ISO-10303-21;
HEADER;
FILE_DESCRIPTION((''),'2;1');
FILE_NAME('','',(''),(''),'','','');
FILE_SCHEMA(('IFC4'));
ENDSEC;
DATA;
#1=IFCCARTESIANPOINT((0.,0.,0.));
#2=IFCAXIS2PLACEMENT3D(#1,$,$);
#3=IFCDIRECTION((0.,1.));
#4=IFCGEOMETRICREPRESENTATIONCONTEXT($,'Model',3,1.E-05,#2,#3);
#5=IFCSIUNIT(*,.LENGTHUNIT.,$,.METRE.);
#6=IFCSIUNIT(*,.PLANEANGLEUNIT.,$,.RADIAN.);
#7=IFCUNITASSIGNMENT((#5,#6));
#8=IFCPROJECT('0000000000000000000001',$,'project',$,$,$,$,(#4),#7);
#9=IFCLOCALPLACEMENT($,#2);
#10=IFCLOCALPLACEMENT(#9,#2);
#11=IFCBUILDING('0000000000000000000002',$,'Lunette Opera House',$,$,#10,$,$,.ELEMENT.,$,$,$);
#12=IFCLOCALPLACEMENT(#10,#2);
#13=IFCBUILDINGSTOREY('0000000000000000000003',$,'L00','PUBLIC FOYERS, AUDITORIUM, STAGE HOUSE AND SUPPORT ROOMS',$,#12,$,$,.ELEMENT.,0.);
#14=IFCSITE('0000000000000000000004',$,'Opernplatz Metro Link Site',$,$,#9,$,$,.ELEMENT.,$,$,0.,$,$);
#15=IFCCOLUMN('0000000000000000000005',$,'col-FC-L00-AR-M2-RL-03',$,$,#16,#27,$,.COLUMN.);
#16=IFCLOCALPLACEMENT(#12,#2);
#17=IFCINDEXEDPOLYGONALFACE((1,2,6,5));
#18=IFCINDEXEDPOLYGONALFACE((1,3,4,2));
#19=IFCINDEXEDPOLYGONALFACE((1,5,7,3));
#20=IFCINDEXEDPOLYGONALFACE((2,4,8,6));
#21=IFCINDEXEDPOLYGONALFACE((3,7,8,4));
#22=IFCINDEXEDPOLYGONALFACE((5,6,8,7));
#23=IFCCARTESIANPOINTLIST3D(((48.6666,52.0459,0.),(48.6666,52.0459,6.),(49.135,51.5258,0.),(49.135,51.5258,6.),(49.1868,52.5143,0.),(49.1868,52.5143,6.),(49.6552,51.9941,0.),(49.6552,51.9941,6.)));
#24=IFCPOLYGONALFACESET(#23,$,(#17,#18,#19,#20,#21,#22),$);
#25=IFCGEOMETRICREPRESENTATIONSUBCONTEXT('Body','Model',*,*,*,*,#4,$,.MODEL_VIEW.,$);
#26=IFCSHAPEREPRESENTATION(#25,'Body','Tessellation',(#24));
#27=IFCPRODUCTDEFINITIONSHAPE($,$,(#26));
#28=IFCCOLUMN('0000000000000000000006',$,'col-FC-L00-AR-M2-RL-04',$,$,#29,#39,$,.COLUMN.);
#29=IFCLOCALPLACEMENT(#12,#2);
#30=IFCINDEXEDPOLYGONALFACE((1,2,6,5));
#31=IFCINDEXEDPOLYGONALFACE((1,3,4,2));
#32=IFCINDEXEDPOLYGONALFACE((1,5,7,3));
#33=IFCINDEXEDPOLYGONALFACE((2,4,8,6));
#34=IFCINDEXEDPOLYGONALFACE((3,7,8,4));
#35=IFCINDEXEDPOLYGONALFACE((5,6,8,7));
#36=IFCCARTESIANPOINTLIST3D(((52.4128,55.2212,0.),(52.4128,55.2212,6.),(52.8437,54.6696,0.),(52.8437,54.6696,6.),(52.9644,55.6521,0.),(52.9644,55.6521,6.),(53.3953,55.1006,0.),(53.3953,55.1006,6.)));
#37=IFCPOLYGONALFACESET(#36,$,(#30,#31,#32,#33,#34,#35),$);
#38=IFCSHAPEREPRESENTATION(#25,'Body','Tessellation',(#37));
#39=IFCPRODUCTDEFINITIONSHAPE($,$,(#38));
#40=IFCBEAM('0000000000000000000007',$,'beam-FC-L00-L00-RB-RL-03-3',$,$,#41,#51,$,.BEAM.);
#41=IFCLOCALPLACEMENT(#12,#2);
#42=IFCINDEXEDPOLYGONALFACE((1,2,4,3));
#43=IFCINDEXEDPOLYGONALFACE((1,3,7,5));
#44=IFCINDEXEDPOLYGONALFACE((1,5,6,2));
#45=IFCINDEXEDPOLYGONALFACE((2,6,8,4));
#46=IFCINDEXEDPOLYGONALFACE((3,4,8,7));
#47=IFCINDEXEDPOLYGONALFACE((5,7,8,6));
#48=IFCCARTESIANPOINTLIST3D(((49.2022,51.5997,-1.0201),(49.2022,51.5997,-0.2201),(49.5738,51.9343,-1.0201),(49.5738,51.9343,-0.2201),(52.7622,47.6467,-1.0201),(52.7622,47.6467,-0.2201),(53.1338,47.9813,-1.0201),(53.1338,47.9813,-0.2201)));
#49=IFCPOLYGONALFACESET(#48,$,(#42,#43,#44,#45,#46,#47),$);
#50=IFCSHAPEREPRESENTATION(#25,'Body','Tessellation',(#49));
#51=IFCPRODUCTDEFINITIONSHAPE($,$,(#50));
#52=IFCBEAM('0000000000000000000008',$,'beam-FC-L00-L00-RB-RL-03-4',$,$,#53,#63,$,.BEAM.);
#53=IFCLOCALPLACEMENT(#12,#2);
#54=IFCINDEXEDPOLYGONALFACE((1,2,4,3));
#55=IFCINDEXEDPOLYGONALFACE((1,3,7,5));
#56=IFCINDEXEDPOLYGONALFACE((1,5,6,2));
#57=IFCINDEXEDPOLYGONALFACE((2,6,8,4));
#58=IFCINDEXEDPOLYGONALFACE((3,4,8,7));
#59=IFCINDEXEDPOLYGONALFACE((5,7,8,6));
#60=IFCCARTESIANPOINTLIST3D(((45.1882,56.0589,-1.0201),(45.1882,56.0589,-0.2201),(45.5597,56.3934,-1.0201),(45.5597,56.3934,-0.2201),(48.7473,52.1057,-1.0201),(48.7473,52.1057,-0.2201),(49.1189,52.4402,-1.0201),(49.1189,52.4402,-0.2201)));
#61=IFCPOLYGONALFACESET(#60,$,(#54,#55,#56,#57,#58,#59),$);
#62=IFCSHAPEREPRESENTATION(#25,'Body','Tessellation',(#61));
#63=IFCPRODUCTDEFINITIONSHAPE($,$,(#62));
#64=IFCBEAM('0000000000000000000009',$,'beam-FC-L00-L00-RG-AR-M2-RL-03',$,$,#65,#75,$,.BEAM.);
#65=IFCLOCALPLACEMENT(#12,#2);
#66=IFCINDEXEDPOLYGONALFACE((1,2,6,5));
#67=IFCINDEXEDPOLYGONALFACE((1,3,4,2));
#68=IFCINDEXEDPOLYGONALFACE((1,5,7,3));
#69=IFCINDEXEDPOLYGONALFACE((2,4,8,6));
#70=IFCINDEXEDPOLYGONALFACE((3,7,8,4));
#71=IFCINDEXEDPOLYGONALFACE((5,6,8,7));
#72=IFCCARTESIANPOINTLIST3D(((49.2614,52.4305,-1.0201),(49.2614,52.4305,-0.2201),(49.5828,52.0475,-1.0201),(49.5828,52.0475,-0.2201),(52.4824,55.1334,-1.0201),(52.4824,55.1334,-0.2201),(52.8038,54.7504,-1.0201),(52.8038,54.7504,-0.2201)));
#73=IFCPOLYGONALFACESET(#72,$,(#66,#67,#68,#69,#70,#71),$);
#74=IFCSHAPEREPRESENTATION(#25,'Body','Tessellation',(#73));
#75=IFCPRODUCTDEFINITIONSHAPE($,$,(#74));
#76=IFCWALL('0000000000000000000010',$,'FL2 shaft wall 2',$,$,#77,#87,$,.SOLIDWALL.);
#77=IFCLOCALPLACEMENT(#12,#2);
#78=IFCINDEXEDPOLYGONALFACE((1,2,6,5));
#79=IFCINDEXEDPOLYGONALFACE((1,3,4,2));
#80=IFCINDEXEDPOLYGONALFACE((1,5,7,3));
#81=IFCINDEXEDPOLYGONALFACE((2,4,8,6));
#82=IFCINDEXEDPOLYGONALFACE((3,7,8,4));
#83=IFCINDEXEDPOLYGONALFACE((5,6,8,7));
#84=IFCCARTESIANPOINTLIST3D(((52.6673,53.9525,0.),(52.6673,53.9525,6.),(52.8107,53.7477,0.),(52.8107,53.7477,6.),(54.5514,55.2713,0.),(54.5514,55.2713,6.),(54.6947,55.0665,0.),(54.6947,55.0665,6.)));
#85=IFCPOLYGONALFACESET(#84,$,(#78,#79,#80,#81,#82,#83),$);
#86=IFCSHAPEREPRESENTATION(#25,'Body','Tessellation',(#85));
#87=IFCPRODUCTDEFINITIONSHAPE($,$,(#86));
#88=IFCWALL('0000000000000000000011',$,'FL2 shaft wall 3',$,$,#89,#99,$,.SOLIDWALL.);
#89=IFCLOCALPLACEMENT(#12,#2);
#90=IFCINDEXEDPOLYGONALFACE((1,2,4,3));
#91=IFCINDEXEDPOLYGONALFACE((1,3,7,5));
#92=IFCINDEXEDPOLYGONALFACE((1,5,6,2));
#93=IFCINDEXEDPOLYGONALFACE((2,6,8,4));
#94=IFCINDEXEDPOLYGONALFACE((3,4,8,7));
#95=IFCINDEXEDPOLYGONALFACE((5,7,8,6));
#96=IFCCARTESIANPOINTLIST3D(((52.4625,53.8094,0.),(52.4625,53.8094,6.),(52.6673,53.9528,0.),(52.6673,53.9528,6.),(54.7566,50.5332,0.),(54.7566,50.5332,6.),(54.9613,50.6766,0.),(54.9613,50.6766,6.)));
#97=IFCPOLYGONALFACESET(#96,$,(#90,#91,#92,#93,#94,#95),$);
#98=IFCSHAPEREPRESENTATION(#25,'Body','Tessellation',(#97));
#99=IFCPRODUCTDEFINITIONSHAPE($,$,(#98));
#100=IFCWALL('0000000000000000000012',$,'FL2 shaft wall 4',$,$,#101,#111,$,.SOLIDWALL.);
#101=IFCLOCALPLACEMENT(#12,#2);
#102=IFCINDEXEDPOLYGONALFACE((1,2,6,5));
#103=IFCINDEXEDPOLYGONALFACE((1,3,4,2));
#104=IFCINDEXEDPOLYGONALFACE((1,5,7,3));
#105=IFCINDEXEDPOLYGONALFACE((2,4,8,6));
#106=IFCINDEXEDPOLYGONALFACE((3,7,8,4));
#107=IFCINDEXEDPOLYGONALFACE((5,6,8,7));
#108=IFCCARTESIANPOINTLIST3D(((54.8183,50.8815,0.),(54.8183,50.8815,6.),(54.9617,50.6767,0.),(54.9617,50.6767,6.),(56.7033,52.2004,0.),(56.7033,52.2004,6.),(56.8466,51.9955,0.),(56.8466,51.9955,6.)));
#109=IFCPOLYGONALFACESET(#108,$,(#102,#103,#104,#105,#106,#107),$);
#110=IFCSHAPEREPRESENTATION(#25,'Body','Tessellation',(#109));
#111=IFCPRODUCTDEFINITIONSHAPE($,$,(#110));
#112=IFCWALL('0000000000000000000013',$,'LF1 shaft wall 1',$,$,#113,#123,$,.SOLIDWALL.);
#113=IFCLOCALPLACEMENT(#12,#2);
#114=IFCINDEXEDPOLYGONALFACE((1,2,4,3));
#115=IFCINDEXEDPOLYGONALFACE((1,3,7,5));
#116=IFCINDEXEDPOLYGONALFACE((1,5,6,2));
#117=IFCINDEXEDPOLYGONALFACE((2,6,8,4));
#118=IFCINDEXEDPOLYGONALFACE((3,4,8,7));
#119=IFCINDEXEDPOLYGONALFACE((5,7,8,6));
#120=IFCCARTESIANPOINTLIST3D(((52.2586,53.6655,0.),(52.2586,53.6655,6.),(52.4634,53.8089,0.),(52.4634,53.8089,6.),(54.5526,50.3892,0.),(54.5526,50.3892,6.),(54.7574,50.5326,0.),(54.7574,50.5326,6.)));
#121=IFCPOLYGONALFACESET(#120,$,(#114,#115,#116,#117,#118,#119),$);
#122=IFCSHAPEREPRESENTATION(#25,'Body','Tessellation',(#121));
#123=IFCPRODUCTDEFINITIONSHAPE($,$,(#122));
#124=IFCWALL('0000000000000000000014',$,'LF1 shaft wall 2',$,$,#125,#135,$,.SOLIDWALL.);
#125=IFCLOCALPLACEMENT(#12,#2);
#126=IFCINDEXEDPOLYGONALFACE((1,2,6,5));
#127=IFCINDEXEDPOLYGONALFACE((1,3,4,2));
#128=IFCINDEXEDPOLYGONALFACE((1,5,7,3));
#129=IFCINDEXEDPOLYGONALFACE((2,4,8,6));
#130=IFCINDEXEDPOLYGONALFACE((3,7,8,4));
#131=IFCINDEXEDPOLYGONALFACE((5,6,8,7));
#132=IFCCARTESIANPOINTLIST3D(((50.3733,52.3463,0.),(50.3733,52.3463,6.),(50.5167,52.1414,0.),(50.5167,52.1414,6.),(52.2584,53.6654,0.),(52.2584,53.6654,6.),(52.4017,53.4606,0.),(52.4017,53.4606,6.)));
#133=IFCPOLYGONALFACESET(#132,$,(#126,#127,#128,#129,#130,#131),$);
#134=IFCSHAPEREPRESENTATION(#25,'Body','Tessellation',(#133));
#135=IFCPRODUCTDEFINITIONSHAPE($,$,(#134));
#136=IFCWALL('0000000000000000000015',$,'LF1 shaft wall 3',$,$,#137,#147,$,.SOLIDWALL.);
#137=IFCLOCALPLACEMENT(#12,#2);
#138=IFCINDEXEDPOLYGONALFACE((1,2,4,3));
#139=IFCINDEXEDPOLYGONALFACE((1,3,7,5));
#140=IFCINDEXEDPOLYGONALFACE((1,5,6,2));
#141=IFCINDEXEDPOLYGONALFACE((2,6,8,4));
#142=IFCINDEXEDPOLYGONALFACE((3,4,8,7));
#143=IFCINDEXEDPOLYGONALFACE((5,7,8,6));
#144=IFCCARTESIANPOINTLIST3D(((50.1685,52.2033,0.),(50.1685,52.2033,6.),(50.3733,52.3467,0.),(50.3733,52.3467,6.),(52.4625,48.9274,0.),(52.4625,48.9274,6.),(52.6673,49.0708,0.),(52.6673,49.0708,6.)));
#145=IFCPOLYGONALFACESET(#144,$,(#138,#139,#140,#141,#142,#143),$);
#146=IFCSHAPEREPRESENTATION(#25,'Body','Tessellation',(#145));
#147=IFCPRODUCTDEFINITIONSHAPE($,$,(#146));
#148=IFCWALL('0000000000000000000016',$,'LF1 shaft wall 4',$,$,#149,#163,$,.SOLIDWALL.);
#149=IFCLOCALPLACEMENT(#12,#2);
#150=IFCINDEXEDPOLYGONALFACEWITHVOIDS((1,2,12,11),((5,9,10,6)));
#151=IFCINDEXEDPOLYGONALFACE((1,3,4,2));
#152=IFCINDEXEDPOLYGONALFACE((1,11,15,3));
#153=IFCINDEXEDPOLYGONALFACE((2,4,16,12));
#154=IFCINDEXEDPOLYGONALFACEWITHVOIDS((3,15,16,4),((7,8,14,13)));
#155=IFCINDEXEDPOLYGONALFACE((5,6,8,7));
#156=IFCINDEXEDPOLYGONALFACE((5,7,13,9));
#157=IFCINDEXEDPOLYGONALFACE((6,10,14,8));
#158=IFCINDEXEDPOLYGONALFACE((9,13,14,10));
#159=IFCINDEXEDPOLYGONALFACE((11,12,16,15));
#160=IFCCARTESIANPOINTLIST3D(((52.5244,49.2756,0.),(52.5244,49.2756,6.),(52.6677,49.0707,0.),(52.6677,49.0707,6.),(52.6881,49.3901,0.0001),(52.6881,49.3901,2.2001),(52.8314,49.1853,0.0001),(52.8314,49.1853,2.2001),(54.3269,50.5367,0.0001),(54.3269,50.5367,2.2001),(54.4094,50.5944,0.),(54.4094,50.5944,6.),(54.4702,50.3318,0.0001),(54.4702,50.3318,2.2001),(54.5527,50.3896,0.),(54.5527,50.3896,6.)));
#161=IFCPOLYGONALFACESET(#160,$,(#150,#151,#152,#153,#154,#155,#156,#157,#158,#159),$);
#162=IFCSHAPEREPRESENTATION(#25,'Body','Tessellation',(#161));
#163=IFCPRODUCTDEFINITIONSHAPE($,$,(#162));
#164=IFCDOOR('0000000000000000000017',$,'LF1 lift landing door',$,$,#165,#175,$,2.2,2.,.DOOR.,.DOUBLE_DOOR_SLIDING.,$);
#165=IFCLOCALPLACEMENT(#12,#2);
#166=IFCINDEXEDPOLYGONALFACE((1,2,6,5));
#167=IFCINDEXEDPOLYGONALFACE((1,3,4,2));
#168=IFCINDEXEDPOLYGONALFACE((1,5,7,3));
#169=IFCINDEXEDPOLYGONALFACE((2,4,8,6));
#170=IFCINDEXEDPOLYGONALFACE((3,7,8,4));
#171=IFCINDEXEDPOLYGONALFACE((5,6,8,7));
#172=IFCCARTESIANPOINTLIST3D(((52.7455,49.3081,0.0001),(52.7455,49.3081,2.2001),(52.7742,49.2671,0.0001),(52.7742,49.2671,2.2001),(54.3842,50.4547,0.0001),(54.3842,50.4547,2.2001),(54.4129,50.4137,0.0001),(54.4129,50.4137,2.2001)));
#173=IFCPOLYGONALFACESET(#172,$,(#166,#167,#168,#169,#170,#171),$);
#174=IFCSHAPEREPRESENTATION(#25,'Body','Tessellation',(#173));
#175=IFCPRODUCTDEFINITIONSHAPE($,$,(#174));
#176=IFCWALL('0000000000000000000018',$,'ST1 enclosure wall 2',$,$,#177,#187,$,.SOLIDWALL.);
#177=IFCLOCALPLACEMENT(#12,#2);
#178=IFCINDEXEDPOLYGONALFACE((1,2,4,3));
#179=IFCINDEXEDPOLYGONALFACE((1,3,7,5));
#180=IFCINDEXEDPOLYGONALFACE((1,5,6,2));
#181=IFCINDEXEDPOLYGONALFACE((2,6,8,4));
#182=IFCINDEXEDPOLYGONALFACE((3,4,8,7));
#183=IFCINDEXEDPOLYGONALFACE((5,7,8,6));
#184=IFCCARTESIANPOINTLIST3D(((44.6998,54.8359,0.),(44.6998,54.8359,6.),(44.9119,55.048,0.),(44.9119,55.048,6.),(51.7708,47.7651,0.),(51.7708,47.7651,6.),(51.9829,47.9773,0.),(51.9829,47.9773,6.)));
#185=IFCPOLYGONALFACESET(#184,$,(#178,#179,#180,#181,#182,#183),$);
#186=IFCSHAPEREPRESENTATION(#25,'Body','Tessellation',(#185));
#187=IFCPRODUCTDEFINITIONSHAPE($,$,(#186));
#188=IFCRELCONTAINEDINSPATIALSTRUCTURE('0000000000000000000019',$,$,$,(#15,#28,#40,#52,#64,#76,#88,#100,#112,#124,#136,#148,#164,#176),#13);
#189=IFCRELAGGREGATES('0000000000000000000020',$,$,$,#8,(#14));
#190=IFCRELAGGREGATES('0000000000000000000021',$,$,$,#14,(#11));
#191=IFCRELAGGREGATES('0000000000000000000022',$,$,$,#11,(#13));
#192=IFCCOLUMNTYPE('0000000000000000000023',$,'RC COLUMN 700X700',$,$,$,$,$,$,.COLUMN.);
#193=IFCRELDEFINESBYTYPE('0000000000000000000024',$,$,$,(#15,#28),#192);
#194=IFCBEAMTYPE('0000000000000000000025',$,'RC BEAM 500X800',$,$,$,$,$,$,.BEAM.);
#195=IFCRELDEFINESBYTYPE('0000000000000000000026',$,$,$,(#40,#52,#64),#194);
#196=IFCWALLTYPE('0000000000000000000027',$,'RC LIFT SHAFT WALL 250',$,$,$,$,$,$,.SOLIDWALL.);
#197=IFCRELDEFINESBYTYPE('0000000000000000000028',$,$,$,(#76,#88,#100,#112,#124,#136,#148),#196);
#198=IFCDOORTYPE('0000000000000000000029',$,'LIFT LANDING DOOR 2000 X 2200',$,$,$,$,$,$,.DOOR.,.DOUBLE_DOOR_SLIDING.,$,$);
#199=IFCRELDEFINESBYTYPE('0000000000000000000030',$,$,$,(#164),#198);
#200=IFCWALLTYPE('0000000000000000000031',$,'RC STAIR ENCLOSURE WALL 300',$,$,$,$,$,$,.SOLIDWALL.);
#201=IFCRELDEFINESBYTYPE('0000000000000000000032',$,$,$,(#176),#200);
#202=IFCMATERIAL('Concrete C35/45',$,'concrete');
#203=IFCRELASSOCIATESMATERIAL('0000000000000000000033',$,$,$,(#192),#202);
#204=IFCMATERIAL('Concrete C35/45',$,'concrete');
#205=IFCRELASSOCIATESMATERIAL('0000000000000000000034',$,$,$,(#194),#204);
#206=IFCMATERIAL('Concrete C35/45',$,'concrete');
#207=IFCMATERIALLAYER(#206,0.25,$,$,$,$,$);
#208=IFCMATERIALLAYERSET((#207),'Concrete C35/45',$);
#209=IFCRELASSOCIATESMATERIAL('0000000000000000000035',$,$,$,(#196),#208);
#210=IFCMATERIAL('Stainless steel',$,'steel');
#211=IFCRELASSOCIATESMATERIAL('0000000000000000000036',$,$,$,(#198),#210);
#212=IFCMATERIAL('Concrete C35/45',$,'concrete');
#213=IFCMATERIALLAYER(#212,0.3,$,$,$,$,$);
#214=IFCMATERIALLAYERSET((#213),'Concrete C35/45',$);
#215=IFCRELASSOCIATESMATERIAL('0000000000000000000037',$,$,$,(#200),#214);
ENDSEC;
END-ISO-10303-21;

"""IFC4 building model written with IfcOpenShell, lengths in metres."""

from ifc_helpers import new_model, si_unit, direction, frame, frame_2d, origin, origin_2d, place, context, subcontext, project, spatial, rectangle, extrude, material, layer, layer_set, material_profile, profile_set, type_object, element, fill, save


model = new_model("IFC4")

# Units and contexts
model_context = context("Model", 3, precision=1e-05, world=origin(), true_north=direction((0.0, 1.0)))
body_context = subcontext(model_context, "Body", "Model", "MODEL_VIEW")
ifc_project = project(units=[si_unit("LENGTHUNIT", "METRE"), si_unit("PLANEANGLEUNIT", "RADIAN")], contexts=[model_context])

# Site, building, storey
site_placement = place(None, origin())
site = spatial("IfcSite", under=ifc_project, at=site_placement, Name="Opernplatz Metro Link Site", CompositionType="ELEMENT", RefElevation=0.0)
building_placement = place(site_placement, origin())
building = spatial("IfcBuilding", under=site, at=building_placement, Name="Lunette Opera House", CompositionType="ELEMENT")
storey_placement = place(building_placement, origin())
storey = spatial("IfcBuildingStorey", under=building, at=storey_placement, Name="L00", Description="PUBLIC FOYERS, AUDITORIUM, STAGE HOUSE AND SUPPORT ROOMS", CompositionType="ELEMENT", Elevation=0.0)

# Columns
ifc_material_1 = material(Name="Concrete C35/45", Category="concrete")
ifc_material_profile_1 = material_profile(ifc_material_1, rectangle(XDim=0.7, YDim=0.7, at=origin_2d()), Name="RC COLUMN 700X700")
ifc_profile_set_1 = profile_set([ifc_material_profile_1], Name="Concrete C35/45")
column_type = type_object("IfcColumnType", Name="RC COLUMN 700X700", PredefinedType="COLUMN", material=ifc_profile_set_1)
for number, where, z_axis, x_axis, name in (
    (1, (49.1609, 52.02, 0.0), (0.0, 0.0, 1.0), (0.743145, 0.669131, 0.0), "col-FC-L00-AR-M2-RL-03"),
    (2, (52.9041, 55.1609, 0.0), (0.0, 0.0, 1.0), (0.788011, 0.615661, 0.0), "col-FC-L00-AR-M2-RL-04"),
):
    element("IfcColumn", number, at=place(storey_placement, frame(where, z_axis=z_axis, x_axis=x_axis)), inside=storey, type_object=column_type, Name=name, PredefinedType="COLUMN", context=body_context, shape_type="SweptSolid", body=[
        extrude(rectangle(XDim=0.7, YDim=0.7, at=origin_2d()), origin(), (0.0, 0.0, 1.0), 6.0),
    ])

# Beams
ifc_material_2 = material(Name="Concrete C35/45", Category="concrete")
ifc_material_profile_2 = material_profile(ifc_material_2, rectangle(XDim=0.5, YDim=0.8, at=origin_2d()), Name="RC BEAM 500X800")
ifc_profile_set_2 = profile_set([ifc_material_profile_2], Name="Concrete C35/45")
beam_type = type_object("IfcBeamType", Name="RC BEAM 500X800", PredefinedType="BEAM", material=ifc_profile_set_2)
beam_1_placement = place(storey_placement, frame((52.948, 47.814, -0.6201), z_axis=(-0.669198, 0.743084, 0.0), x_axis=(-0.743084, -0.669198, 0.0)))
element("IfcBeam", 3, at=beam_1_placement, inside=storey, type_object=beam_type, Name="beam-FC-L00-L00-RB-RL-03-3", PredefinedType="BEAM", context=body_context, shape_type="SweptSolid", body=[
    extrude(rectangle(XDim=0.5, YDim=0.8, at=origin_2d()), origin(), (0.0, 0.0, 1.0), 5.3198),
])
beam_2_placement = place(storey_placement, frame((48.9331, 52.2729, -0.6201), z_axis=(-0.669097, 0.743175, 0.0), x_axis=(-0.743175, -0.669097, 0.0)))
element("IfcBeam", 4, at=beam_2_placement, inside=storey, type_object=beam_type, Name="beam-FC-L00-L00-RB-RL-03-4", PredefinedType="BEAM", context=body_context, shape_type="SweptSolid", body=[
    extrude(rectangle(XDim=0.5, YDim=0.8, at=origin_2d()), origin(), (0.0, 0.0, 1.0), 5.3193),
])
beam_3_placement = place(storey_placement, frame((49.4221, 52.239, -0.6201), z_axis=(0.766023, 0.642813, 0.0), x_axis=(-0.642813, 0.766023, 0.0)))
element("IfcBeam", 5, at=beam_3_placement, inside=storey, type_object=beam_type, Name="beam-FC-L00-L00-RG-AR-M2-RL-03", PredefinedType="BEAM", context=body_context, shape_type="SweptSolid", body=[
    extrude(rectangle(XDim=0.5, YDim=0.8, at=origin_2d()), origin(), (0.0, 0.0, 1.0), 4.2048),
])

# Walls
ifc_material_3 = material(Name="Concrete C35/45", Category="concrete")
ifc_layer_1 = layer(ifc_material_3, 0.25)
ifc_layer_set_1 = layer_set([ifc_layer_1], Name="Concrete C35/45")
wall_type_1 = type_object("IfcWallType", Name="RC LIFT SHAFT WALL 250", PredefinedType="SOLIDWALL", material=ifc_layer_set_1)
wall_1_placement = place(storey_placement, frame((54.623, 55.1689, 0.0), z_axis=(0.0, 0.0, 1.0), x_axis=(-0.819227, -0.573469, 0.0)))
element("IfcWall", 6, at=wall_1_placement, inside=storey, type_object=wall_type_1, Name="FL2 shaft wall 2", PredefinedType="SOLIDWALL", context=body_context, shape_type="SweptSolid", body=[
    extrude(rectangle(XDim=2.2998, YDim=0.25, at=frame_2d((1.1499, 0.0))), origin(), (0.0, 0.0, 1.0), 6.0),
])
wall_2_placement = place(storey_placement, frame((52.5649, 53.8811, 0.0), z_axis=(0.0, 0.0, 1.0), x_axis=(0.573573, -0.819154, 0.0)))
element("IfcWall", 7, at=wall_2_placement, inside=storey, type_object=wall_type_1, Name="FL2 shaft wall 3", PredefinedType="SOLIDWALL", context=body_context, shape_type="SweptSolid", body=[
    extrude(rectangle(XDim=3.9995, YDim=0.25, at=frame_2d((1.9998, 0.0))), origin(), (0.0, 0.0, 1.0), 6.0),
])
wall_3_placement = place(storey_placement, frame((54.8899, 50.7791, 0.0), z_axis=(0.0, 0.0, 1.0), x_axis=(0.819367, 0.57327, 0.0)))
element("IfcWall", 8, at=wall_3_placement, inside=storey, type_object=wall_type_1, Name="FL2 shaft wall 4", PredefinedType="SOLIDWALL", context=body_context, shape_type="SweptSolid", body=[
    extrude(rectangle(XDim=2.3005, YDim=0.25, at=frame_2d((1.1504, 0.0))), origin(), (0.0, 0.0, 1.0), 6.0),
])
wall_4_placement = place(storey_placement, frame((54.655, 50.4609, 0.0), z_axis=(0.0, 0.0, 1.0), x_axis=(-0.573573, 0.819154, 0.0)))
element("IfcWall", 9, at=wall_4_placement, inside=storey, type_object=wall_type_1, Name="LF1 shaft wall 1", PredefinedType="SOLIDWALL", context=body_context, shape_type="SweptSolid", body=[
    extrude(rectangle(XDim=3.9995, YDim=0.25, at=frame_2d((1.9998, 0.0))), origin(), (0.0, 0.0, 1.0), 6.0),
])
wall_5_placement = place(storey_placement, frame((52.3301, 53.563, 0.0), z_axis=(0.0, 0.0, 1.0), x_axis=(-0.819317, -0.573341, 0.0)))
element("IfcWall", 10, at=wall_5_placement, inside=storey, type_object=wall_type_1, Name="LF1 shaft wall 2", PredefinedType="SOLIDWALL", context=body_context, shape_type="SweptSolid", body=[
    extrude(rectangle(XDim=2.3008, YDim=0.25, at=frame_2d((1.1504, 0.0))), origin(), (0.0, 0.0, 1.0), 6.0),
])
wall_6_placement = place(storey_placement, frame((50.271, 52.2749, 0.0), z_axis=(0.0, 0.0, 1.0), x_axis=(0.573602, -0.819134, 0.0)))
element("IfcWall", 11, at=wall_6_placement, inside=storey, type_object=wall_type_1, Name="LF1 shaft wall 3", PredefinedType="SOLIDWALL", context=body_context, shape_type="SweptSolid", body=[
    extrude(rectangle(XDim=3.9993, YDim=0.25, at=frame_2d((1.9995, 0.0))), origin(), (0.0, 0.0, 1.0), 6.0),
])

# Wall, opening, door
wall_7_placement = place(storey_placement, frame((52.5959, 49.1731, 0.0), z_axis=(0.0, 0.0, 1.0), x_axis=(0.819367, 0.57327, 0.0)))
wall_7 = element("IfcWall", 12, at=wall_7_placement, inside=storey, type_object=wall_type_1, Name="LF1 shaft wall 4", PredefinedType="SOLIDWALL", context=body_context, shape_type="SweptSolid", body=[
    extrude(rectangle(XDim=2.3005, YDim=0.25, at=frame_2d((1.1504, 0.0))), origin(), (0.0, 0.0, 1.0), 6.0),
])
opening_placement = place(wall_7_placement, frame((0.2, 0.0, 0.0)))
opening = element("IfcOpeningElement", 13, at=opening_placement, cuts=wall_7, PredefinedType="OPENING", context=body_context, shape_type="SweptSolid", body=[
    extrude(rectangle(XDim=2.0, YDim=2.2, at=frame_2d((1.0, 1.1001))), frame((0.0, 0.137, 0.0), z_axis=(0.0, -1.0, 0.0), x_axis=(1.0, 0.0, 0.0)), (0.0, 0.0, 1.0), 0.2739),
])
ifc_material_4 = material(Name="Stainless steel", Category="steel")
door_type = type_object("IfcDoorType", Name="LIFT LANDING DOOR 2000 X 2200", OperationType="DOUBLE_DOOR_SLIDING", PredefinedType="DOOR", material=ifc_material_4)
door_placement = place(opening_placement, origin())
door = element("IfcDoor", 14, at=door_placement, inside=storey, type_object=door_type, Name="LF1 lift landing door", OperationType="DOUBLE_DOOR_SLIDING", OverallHeight=2.2, OverallWidth=2.0, PredefinedType="DOOR", context=body_context, shape_type="SweptSolid", body=[
    extrude(rectangle(XDim=2.0, YDim=2.2, at=frame_2d((1.0, 1.1001))), frame((0.0, 0.0249, 0.0), z_axis=(0.0, -1.0, 0.0), x_axis=(1.0, 0.0, 0.0)), (0.0, 0.0, 1.0), 0.05),
])
fill(opening, door)

# Wall
ifc_material_5 = material(Name="Concrete C35/45", Category="concrete")
ifc_layer_2 = layer(ifc_material_5, 0.3)
ifc_layer_set_2 = layer_set([ifc_layer_2], Name="Concrete C35/45")
wall_type_2 = type_object("IfcWallType", Name="RC STAIR ENCLOSURE WALL 300", PredefinedType="SOLIDWALL", material=ifc_layer_set_2)
wall_8_placement = place(storey_placement, frame((51.877, 47.8711, 0.0), z_axis=(0.0, 0.0, 1.0), x_axis=(-0.707119, 0.707095, 0.0)))
element("IfcWall", 15, at=wall_8_placement, inside=storey, type_object=wall_type_2, Name="ST1 enclosure wall 2", PredefinedType="SOLIDWALL", context=body_context, shape_type="SweptSolid", body=[
    extrude(rectangle(XDim=9.9998, YDim=0.3, at=frame_2d((5.0, 0.0))), origin(), (0.0, 0.0, 1.0), 6.0),
])

save(model, "model.ifc")
